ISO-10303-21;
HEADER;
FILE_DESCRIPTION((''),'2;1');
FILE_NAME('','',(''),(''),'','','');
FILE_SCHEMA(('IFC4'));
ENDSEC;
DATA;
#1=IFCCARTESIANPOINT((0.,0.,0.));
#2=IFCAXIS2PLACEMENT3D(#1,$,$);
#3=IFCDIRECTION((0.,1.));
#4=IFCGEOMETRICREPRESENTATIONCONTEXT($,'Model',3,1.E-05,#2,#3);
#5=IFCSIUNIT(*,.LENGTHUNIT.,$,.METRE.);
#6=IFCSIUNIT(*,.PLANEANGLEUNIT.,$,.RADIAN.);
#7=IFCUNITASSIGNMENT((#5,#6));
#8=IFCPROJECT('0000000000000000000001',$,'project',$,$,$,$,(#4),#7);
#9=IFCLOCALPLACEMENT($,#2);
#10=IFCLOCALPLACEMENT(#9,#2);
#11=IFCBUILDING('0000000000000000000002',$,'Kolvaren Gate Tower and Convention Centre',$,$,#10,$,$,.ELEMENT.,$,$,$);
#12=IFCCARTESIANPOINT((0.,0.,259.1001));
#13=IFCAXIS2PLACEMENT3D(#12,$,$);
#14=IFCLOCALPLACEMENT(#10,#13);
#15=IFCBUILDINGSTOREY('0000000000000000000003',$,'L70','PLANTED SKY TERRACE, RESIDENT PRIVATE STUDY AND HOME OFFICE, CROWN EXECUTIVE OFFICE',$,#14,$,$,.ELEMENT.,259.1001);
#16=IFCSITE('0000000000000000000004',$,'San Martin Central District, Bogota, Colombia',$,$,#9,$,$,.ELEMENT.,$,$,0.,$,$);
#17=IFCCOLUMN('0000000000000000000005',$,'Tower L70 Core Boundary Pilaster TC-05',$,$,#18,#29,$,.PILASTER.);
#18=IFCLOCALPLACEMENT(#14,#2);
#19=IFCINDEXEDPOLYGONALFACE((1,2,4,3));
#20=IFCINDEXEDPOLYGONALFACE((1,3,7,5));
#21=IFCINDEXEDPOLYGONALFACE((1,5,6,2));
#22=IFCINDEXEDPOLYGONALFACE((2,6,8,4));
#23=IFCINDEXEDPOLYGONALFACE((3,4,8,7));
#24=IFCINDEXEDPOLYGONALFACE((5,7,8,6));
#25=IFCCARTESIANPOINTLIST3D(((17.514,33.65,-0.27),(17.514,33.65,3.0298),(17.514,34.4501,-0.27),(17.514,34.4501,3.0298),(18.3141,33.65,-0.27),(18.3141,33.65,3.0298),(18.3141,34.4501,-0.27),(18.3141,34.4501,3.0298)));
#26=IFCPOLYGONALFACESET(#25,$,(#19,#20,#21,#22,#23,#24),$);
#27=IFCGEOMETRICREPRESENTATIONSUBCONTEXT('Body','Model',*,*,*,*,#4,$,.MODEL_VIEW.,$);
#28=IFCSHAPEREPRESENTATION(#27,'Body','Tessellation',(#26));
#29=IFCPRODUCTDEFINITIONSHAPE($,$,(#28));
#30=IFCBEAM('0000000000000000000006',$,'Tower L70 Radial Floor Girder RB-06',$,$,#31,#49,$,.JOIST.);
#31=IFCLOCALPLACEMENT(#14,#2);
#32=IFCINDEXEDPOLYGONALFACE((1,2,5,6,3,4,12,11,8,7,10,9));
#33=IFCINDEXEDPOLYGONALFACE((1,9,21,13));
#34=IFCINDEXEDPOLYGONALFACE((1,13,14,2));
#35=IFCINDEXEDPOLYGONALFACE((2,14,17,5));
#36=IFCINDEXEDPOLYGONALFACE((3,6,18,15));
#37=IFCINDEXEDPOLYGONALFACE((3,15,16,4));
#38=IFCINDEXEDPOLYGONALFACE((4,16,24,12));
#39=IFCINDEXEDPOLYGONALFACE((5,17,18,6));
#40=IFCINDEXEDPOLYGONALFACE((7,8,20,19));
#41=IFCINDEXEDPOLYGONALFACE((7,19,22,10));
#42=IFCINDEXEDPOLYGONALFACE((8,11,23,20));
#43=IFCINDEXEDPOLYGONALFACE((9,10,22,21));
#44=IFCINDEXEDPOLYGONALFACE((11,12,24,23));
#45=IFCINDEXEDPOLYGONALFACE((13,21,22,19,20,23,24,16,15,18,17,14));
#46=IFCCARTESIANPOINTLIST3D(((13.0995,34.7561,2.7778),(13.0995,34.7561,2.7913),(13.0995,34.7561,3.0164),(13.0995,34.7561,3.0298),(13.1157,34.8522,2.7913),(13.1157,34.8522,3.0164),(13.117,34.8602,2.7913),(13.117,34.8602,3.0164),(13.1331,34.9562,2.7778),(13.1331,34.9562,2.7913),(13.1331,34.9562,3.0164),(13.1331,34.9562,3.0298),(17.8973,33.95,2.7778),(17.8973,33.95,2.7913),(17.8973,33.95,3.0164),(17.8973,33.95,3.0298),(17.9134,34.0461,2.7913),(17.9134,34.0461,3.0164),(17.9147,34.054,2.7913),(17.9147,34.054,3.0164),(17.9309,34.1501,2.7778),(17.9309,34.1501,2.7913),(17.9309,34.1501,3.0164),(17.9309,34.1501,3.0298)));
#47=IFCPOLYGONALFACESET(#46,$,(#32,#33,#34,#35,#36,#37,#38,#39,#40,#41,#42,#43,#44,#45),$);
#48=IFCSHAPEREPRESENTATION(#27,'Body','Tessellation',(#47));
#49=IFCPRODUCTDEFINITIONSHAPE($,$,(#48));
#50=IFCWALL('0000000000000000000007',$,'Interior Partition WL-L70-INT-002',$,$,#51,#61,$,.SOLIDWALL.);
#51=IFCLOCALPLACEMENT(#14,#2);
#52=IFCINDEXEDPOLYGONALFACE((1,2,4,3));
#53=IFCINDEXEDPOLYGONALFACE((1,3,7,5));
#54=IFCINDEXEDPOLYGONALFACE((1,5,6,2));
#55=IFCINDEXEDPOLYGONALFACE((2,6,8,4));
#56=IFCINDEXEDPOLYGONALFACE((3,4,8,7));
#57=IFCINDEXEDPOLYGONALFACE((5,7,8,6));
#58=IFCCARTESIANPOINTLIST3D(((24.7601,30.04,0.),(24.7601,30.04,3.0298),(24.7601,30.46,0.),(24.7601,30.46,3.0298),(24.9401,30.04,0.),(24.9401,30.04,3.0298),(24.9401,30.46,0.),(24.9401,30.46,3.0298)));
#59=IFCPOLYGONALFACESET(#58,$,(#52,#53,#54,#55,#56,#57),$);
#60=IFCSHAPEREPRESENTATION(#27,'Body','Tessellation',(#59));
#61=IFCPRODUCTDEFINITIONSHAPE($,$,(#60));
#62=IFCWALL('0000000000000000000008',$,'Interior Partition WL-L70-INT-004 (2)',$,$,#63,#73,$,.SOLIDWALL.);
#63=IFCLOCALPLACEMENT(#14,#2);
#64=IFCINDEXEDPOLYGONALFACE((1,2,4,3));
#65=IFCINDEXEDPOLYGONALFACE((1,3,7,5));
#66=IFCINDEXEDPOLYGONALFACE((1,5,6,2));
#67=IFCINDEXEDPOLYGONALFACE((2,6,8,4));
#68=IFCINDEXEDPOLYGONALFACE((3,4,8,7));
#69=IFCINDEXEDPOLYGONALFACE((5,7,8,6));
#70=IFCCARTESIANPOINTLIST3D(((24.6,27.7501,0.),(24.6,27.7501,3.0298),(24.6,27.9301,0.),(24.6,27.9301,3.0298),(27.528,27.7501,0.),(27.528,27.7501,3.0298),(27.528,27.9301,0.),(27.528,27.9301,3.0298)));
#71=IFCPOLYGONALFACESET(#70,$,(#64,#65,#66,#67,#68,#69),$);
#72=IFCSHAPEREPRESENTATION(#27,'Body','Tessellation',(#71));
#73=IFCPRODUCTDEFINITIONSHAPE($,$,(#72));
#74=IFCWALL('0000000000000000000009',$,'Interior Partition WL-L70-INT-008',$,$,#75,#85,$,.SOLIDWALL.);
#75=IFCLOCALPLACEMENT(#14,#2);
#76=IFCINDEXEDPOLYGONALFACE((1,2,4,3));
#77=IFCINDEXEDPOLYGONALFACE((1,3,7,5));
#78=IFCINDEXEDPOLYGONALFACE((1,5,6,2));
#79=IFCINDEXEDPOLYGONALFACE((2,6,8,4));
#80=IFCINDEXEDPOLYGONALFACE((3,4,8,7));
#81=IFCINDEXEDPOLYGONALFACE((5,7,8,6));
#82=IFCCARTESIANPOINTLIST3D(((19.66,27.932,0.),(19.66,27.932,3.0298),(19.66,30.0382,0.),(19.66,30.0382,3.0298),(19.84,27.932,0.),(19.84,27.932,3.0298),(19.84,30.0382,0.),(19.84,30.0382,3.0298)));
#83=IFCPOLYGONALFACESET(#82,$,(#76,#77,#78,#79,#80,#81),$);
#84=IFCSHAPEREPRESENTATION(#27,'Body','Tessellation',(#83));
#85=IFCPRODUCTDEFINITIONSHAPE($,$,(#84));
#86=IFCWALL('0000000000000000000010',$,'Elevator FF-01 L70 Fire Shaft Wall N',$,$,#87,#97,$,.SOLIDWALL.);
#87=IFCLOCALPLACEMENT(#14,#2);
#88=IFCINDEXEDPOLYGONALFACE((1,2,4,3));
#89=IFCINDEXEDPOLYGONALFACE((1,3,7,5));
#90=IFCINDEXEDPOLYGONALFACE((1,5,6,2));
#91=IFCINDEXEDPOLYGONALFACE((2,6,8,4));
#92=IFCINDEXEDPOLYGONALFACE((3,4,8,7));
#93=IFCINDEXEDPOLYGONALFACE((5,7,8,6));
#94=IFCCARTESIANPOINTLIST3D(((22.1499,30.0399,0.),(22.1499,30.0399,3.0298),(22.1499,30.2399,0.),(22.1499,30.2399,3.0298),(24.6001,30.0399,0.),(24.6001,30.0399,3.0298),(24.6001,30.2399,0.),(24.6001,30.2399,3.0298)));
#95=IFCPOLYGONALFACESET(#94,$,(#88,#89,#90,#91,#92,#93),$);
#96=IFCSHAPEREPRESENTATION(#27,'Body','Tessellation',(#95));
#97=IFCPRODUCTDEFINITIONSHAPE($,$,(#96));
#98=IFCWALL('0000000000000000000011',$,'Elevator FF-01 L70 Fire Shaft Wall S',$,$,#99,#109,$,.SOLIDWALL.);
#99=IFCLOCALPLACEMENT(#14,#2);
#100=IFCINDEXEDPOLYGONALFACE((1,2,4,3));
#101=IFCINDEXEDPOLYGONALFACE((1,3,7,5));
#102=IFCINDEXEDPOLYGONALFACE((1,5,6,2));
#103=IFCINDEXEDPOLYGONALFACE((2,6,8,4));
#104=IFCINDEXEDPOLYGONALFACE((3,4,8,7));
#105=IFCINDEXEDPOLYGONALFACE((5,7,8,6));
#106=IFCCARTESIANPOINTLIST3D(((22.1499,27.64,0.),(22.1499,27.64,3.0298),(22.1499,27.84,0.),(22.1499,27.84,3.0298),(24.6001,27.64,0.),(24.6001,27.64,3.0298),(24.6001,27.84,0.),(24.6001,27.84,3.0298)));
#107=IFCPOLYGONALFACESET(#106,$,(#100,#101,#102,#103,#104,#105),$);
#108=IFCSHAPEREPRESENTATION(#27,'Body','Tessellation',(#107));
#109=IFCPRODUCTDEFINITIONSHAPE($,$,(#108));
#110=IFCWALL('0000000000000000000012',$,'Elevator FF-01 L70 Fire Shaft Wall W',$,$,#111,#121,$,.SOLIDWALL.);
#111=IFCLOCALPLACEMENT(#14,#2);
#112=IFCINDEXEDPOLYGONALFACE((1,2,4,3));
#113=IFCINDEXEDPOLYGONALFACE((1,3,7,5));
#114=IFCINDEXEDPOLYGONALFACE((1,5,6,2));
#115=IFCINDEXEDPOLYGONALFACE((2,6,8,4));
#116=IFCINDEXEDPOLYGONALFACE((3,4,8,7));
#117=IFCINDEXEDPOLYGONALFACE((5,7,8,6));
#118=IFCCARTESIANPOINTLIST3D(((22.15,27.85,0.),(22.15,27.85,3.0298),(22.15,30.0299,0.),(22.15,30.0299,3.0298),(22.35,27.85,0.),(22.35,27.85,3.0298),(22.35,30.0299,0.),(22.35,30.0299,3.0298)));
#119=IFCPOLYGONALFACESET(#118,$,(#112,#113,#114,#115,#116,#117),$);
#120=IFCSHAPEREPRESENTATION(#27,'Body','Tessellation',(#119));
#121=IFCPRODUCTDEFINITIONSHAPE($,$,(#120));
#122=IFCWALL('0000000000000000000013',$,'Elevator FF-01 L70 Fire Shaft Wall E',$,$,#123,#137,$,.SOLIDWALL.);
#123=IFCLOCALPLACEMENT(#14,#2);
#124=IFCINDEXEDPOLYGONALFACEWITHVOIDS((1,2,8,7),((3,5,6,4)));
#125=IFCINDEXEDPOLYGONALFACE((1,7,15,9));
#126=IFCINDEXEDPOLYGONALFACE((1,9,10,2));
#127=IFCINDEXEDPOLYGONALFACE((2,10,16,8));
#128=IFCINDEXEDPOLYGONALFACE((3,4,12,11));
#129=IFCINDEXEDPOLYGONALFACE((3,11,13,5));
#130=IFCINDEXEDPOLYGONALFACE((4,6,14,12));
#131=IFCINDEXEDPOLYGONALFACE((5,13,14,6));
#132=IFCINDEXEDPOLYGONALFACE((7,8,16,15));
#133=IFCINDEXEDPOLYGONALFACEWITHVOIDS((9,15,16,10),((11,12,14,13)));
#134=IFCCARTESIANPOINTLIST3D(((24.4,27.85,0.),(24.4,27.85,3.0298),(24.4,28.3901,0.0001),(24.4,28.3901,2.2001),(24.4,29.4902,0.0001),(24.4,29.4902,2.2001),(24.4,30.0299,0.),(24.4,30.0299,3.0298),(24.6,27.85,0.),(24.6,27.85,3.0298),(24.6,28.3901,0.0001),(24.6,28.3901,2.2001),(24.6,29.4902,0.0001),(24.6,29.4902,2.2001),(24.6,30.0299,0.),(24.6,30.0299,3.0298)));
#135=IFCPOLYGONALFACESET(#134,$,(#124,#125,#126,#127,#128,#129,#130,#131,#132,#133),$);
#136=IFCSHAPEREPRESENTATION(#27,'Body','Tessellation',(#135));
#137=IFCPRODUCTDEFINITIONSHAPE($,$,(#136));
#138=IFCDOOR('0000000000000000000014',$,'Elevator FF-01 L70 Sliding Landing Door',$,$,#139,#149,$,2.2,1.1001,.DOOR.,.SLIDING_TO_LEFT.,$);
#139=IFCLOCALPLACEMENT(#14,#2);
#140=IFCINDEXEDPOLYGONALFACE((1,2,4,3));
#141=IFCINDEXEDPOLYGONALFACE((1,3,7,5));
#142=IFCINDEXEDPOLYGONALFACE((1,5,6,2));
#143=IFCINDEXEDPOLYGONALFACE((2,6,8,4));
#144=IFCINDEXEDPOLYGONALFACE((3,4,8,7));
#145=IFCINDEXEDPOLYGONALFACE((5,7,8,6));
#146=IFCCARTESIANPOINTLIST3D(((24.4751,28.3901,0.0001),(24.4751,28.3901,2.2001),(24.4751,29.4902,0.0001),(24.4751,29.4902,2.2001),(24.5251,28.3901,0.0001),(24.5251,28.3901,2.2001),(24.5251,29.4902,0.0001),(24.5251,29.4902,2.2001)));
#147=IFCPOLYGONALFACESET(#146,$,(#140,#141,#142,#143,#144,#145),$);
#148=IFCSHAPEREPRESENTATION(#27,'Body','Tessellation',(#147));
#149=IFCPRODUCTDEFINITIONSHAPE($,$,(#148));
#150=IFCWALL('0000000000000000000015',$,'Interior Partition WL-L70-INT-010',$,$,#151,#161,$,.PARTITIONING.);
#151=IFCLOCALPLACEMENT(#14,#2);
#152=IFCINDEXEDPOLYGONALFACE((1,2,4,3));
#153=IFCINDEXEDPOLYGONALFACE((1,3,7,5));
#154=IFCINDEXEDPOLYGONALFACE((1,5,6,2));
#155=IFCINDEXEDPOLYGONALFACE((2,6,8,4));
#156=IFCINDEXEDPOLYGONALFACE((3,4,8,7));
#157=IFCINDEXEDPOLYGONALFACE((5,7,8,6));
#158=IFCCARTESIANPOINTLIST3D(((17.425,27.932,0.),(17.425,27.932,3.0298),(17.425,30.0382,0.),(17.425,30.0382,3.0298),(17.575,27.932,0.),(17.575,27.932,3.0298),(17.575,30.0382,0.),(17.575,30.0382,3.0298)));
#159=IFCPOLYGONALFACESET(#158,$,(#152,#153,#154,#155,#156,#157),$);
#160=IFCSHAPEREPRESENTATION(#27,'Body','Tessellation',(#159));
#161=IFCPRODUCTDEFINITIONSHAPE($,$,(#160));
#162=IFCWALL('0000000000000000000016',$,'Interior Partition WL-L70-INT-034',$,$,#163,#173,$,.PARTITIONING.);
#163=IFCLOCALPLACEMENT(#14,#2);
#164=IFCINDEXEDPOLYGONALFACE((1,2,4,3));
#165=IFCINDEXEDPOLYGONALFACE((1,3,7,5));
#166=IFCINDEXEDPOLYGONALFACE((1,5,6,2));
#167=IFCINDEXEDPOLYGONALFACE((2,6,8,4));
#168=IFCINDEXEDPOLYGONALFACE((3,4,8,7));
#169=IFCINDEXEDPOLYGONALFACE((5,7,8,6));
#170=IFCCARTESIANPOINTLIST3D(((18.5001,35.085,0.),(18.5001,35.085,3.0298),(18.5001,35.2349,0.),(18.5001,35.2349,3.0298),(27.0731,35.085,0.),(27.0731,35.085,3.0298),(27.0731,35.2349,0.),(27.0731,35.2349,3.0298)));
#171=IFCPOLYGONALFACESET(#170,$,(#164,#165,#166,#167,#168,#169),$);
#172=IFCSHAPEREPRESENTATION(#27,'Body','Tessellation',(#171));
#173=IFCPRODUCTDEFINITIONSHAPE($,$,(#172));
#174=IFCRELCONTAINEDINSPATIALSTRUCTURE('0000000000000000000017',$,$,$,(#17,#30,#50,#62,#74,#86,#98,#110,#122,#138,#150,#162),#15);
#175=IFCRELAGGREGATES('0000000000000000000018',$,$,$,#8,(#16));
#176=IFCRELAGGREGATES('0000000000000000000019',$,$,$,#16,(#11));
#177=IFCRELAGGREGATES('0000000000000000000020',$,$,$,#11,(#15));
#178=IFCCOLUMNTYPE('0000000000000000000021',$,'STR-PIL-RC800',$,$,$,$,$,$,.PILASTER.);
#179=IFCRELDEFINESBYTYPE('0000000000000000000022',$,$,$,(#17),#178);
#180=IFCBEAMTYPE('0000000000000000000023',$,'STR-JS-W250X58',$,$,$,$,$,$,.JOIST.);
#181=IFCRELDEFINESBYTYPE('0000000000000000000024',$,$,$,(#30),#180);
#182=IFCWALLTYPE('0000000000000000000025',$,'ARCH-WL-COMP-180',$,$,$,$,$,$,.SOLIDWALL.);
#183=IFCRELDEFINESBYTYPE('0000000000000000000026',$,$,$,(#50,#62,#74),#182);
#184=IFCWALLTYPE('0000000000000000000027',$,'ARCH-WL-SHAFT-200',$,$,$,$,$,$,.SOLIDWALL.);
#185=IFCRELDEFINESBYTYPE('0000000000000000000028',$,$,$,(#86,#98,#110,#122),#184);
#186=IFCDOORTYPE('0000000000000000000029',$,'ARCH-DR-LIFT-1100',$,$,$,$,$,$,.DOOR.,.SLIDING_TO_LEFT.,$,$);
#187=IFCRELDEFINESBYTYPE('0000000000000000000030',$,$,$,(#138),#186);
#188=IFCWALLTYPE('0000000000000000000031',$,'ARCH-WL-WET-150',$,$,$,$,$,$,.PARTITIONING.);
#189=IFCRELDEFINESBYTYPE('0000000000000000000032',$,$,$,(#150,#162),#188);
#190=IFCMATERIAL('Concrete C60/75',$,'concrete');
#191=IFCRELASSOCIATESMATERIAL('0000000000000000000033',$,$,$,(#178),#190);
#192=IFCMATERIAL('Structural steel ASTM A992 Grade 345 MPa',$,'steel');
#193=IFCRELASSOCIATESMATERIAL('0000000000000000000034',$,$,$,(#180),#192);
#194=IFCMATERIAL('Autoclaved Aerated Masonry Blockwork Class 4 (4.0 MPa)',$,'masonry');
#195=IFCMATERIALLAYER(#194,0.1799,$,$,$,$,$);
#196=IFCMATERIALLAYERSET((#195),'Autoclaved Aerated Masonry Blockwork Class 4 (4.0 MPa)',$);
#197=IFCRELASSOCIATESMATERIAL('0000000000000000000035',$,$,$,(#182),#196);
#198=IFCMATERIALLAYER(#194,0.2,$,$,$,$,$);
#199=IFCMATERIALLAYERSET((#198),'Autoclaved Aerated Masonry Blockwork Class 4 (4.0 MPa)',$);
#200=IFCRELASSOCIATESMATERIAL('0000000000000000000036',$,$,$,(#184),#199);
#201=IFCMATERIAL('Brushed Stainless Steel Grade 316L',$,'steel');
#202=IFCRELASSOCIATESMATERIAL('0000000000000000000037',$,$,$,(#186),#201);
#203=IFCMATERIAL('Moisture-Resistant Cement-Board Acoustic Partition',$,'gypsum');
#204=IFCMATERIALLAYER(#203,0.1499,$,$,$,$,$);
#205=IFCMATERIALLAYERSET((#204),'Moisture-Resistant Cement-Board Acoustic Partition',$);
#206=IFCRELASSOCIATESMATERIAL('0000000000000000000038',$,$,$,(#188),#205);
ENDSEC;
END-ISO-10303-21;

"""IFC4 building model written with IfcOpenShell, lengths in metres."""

from ifc_helpers import new_model, si_unit, direction, frame, frame_2d, origin, origin_2d, place, context, subcontext, project, spatial, rectangle, i_section, extrude, material, layer, layer_set, material_profile, profile_set, type_object, element, fill, save


model = new_model("IFC4")

# Units and contexts
model_context = context("Model", 3, precision=1e-05, world=origin(), true_north=direction((0.0, 1.0)))
body_context = subcontext(model_context, "Body", "Model", "MODEL_VIEW")
ifc_project = project(units=[si_unit("LENGTHUNIT", "METRE"), si_unit("PLANEANGLEUNIT", "RADIAN")], contexts=[model_context])

# Site, building, storey
site_placement = place(None, origin())
site = spatial("IfcSite", under=ifc_project, at=site_placement, Name="San Martin Central District, Bogota, Colombia", CompositionType="ELEMENT", RefElevation=0.0)
building_placement = place(site_placement, origin())
building = spatial("IfcBuilding", under=site, at=building_placement, Name="Kolvaren Gate Tower and Convention Centre", CompositionType="ELEMENT")
storey_placement = place(building_placement, frame((0.0, 0.0, 259.1001)))
storey = spatial("IfcBuildingStorey", under=building, at=storey_placement, Name="L70", Description="PLANTED SKY TERRACE, RESIDENT PRIVATE STUDY AND HOME OFFICE, CROWN EXECUTIVE OFFICE", CompositionType="ELEMENT", Elevation=259.1001)

# Column
ifc_material_1 = material(Name="Concrete C60/75", Category="concrete")
ifc_material_profile_1 = material_profile(ifc_material_1, rectangle(XDim=0.8, YDim=0.8, at=origin_2d()), Name="RC-COL-800X800")
ifc_profile_set_1 = profile_set([ifc_material_profile_1], Name="Concrete C60/75")
column_type = type_object("IfcColumnType", Name="STR-PIL-RC800", PredefinedType="PILASTER", material=ifc_profile_set_1)
column_placement = place(storey_placement, frame((17.9141, 34.05, -0.27), z_axis=(0.0, 0.0, 1.0), x_axis=(1.0, 0.0, 0.0)))
element("IfcColumn", 1, at=column_placement, inside=storey, type_object=column_type, Name="Tower L70 Core Boundary Pilaster TC-05", PredefinedType="PILASTER", context=body_context, shape_type="SweptSolid", body=[
    extrude(rectangle(XDim=0.8, YDim=0.8, at=origin_2d()), origin(), (0.0, 0.0, 1.0), 3.2998),
])

# Beam
ifc_material_2 = material(Name="Structural steel ASTM A992 Grade 345 MPa", Category="steel")
ifc_material_profile_2 = material_profile(ifc_material_2, i_section(OverallWidth=0.2029, OverallDepth=0.252, WebThickness=0.0081, FlangeThickness=0.0134, at=origin_2d()), Name="W250X58")
ifc_profile_set_2 = profile_set([ifc_material_profile_2], Name="Structural steel ASTM A992 Grade 345 MPa")
beam_type = type_object("IfcBeamType", Name="STR-JS-W250X58", PredefinedType="JOIST", material=ifc_profile_set_2)
beam_placement = place(storey_placement, frame((17.9141, 34.05, 2.9038), z_axis=(-0.986176, 0.165701, 0.0), x_axis=(-0.165701, -0.986176, 0.0)))
element("IfcBeam", 2, at=beam_placement, inside=storey, type_object=beam_type, Name="Tower L70 Radial Floor Girder RB-06", PredefinedType="JOIST", context=body_context, shape_type="SweptSolid", body=[
    extrude(i_section(OverallWidth=0.2029, OverallDepth=0.252, WebThickness=0.0081, FlangeThickness=0.0134, at=origin_2d()), origin(), (0.0, 0.0, 1.0), 4.865),
])

# Walls
ifc_material_3 = material(Name="Autoclaved Aerated Masonry Blockwork Class 4 (4.0 MPa)", Category="masonry")
ifc_layer_1 = layer(ifc_material_3, 0.1799)
ifc_layer_set_1 = layer_set([ifc_layer_1], Name="Autoclaved Aerated Masonry Blockwork Class 4 (4.0 MPa)")
wall_type_1 = type_object("IfcWallType", Name="ARCH-WL-COMP-180", PredefinedType="SOLIDWALL", material=ifc_layer_set_1)
wall_1_placement = place(storey_placement, frame((24.8501, 30.04, 0.0), z_axis=(0.0, 0.0, 1.0), x_axis=(0.0, 1.0, 0.0)))
element("IfcWall", 3, at=wall_1_placement, inside=storey, type_object=wall_type_1, Name="Interior Partition WL-L70-INT-002", PredefinedType="SOLIDWALL", context=body_context, shape_type="SweptSolid", body=[
    extrude(rectangle(XDim=0.4199, YDim=0.1799, at=frame_2d((0.21, 0.0))), origin(), (0.0, 0.0, 1.0), 3.0298),
])
wall_2_placement = place(storey_placement, frame((24.6001, 27.8401, 0.0), z_axis=(0.0, 0.0, 1.0), x_axis=(1.0, 0.0, 0.0)))
element("IfcWall", 4, at=wall_2_placement, inside=storey, type_object=wall_type_1, Name="Interior Partition WL-L70-INT-004 (2)", PredefinedType="SOLIDWALL", context=body_context, shape_type="SweptSolid", body=[
    extrude(rectangle(XDim=2.928, YDim=0.1799, at=frame_2d((1.4639, 0.0))), origin(), (0.0, 0.0, 1.0), 3.0298),
])
wall_3_placement = place(storey_placement, frame((19.75, 27.9319, 0.0), z_axis=(0.0, 0.0, 1.0), x_axis=(0.0, 1.0, 0.0)))
element("IfcWall", 5, at=wall_3_placement, inside=storey, type_object=wall_type_1, Name="Interior Partition WL-L70-INT-008", PredefinedType="SOLIDWALL", context=body_context, shape_type="SweptSolid", body=[
    extrude(rectangle(XDim=2.1062, YDim=0.1799, at=frame_2d((1.0532, 0.0))), origin(), (0.0, 0.0, 1.0), 3.0298),
])
ifc_layer_2 = layer(ifc_material_3, 0.2)
ifc_layer_set_2 = layer_set([ifc_layer_2], Name="Autoclaved Aerated Masonry Blockwork Class 4 (4.0 MPa)")
wall_type_2 = type_object("IfcWallType", Name="ARCH-WL-SHAFT-200", PredefinedType="SOLIDWALL", material=ifc_layer_set_2)
for number, where, z_axis, x_axis, name in (
    (6, (22.1499, 30.1399, 0.0), (0.0, 0.0, 1.0), (1.0, 0.0, 0.0), "Elevator FF-01 L70 Fire Shaft Wall N"),
    (7, (22.1499, 27.74, 0.0), (0.0, 0.0, 1.0), (1.0, 0.0, 0.0), "Elevator FF-01 L70 Fire Shaft Wall S"),
):
    element("IfcWall", number, at=place(storey_placement, frame(where, z_axis=z_axis, x_axis=x_axis)), inside=storey, type_object=wall_type_2, Name=name, PredefinedType="SOLIDWALL", context=body_context, shape_type="SweptSolid", body=[
        extrude(rectangle(XDim=2.4502, YDim=0.2, at=frame_2d((1.2251, 0.0))), origin(), (0.0, 0.0, 1.0), 3.0298),
    ])
wall_4_placement = place(storey_placement, frame((22.25, 27.8501, 0.0), z_axis=(0.0, 0.0, 1.0), x_axis=(0.0, 1.0, 0.0)))
element("IfcWall", 8, at=wall_4_placement, inside=storey, type_object=wall_type_2, Name="Elevator FF-01 L70 Fire Shaft Wall W", PredefinedType="SOLIDWALL", context=body_context, shape_type="SweptSolid", body=[
    extrude(rectangle(XDim=2.1799, YDim=0.2, at=frame_2d((1.0898, 0.0))), origin(), (0.0, 0.0, 1.0), 3.0298),
])

# Wall, opening, door
wall_5_placement = place(storey_placement, frame((24.5, 27.8501, 0.0), z_axis=(0.0, 0.0, 1.0), x_axis=(0.0, 1.0, 0.0)))
wall_5 = element("IfcWall", 9, at=wall_5_placement, inside=storey, type_object=wall_type_2, Name="Elevator FF-01 L70 Fire Shaft Wall E", PredefinedType="SOLIDWALL", context=body_context, shape_type="SweptSolid", body=[
    extrude(rectangle(XDim=2.1799, YDim=0.2, at=frame_2d((1.0898, 0.0))), origin(), (0.0, 0.0, 1.0), 3.0298),
])
opening_1_placement = place(wall_5_placement, frame((0.54, 0.0, 0.0)))
opening_1 = element("IfcOpeningElement", 10, at=opening_1_placement, cuts=wall_5, PredefinedType="OPENING", context=body_context, shape_type="SweptSolid", body=[
    extrude(rectangle(XDim=1.1001, YDim=2.2, at=frame_2d((0.55, 1.1001))), frame((0.0, 0.1099, 0.0), z_axis=(0.0, -1.0, 0.0), x_axis=(1.0, 0.0, 0.0)), (0.0, 0.0, 1.0), 0.22),
])
ifc_material_4 = material(Name="Brushed Stainless Steel Grade 316L", Category="steel")
door_type_1 = type_object("IfcDoorType", Name="ARCH-DR-LIFT-1100", OperationType="SLIDING_TO_LEFT", PredefinedType="DOOR", material=ifc_material_4)
door_1_placement = place(opening_1_placement, origin())
door_1 = element("IfcDoor", 11, at=door_1_placement, inside=storey, type_object=door_type_1, Name="Elevator FF-01 L70 Sliding Landing Door", OperationType="SLIDING_TO_LEFT", OverallHeight=2.2, OverallWidth=1.1001, PredefinedType="DOOR", context=body_context, shape_type="SweptSolid", body=[
    extrude(rectangle(XDim=1.1001, YDim=2.2, at=frame_2d((0.55, 1.1001))), frame((0.0, 0.0249, 0.0), z_axis=(0.0, -1.0, 0.0), x_axis=(1.0, 0.0, 0.0)), (0.0, 0.0, 1.0), 0.05),
])
fill(opening_1, door_1)

# Walls
ifc_material_5 = material(Name="Moisture-Resistant Cement-Board Acoustic Partition", Category="gypsum")
ifc_layer_3 = layer(ifc_material_5, 0.1499)
ifc_layer_set_3 = layer_set([ifc_layer_3], Name="Moisture-Resistant Cement-Board Acoustic Partition")
wall_type_3 = type_object("IfcWallType", Name="ARCH-WL-WET-150", PredefinedType="PARTITIONING", material=ifc_layer_set_3)
wall_6_placement = place(storey_placement, frame((17.5, 27.9319, 0.0), z_axis=(0.0, 0.0, 1.0), x_axis=(0.0, 1.0, 0.0)))
element("IfcWall", 12, at=wall_6_placement, inside=storey, type_object=wall_type_3, Name="Interior Partition WL-L70-INT-010", PredefinedType="PARTITIONING", context=body_context, shape_type="SweptSolid", body=[
    extrude(rectangle(XDim=2.1062, YDim=0.1499, at=frame_2d((1.0532, 0.0))), origin(), (0.0, 0.0, 1.0), 3.0298),
])
wall_7_placement = place(storey_placement, frame((18.5, 35.1599, 0.0), z_axis=(0.0, 0.0, 1.0), x_axis=(1.0, 0.0, 0.0)))
element("IfcWall", 13, at=wall_7_placement, inside=storey, type_object=wall_type_3, Name="Interior Partition WL-L70-INT-034", PredefinedType="PARTITIONING", context=body_context, shape_type="SweptSolid", body=[
    extrude(rectangle(XDim=8.573, YDim=0.1499, at=frame_2d((4.2866, 0.0))), origin(), (0.0, 0.0, 1.0), 3.0298),
])

save(model, "model.ifc")
